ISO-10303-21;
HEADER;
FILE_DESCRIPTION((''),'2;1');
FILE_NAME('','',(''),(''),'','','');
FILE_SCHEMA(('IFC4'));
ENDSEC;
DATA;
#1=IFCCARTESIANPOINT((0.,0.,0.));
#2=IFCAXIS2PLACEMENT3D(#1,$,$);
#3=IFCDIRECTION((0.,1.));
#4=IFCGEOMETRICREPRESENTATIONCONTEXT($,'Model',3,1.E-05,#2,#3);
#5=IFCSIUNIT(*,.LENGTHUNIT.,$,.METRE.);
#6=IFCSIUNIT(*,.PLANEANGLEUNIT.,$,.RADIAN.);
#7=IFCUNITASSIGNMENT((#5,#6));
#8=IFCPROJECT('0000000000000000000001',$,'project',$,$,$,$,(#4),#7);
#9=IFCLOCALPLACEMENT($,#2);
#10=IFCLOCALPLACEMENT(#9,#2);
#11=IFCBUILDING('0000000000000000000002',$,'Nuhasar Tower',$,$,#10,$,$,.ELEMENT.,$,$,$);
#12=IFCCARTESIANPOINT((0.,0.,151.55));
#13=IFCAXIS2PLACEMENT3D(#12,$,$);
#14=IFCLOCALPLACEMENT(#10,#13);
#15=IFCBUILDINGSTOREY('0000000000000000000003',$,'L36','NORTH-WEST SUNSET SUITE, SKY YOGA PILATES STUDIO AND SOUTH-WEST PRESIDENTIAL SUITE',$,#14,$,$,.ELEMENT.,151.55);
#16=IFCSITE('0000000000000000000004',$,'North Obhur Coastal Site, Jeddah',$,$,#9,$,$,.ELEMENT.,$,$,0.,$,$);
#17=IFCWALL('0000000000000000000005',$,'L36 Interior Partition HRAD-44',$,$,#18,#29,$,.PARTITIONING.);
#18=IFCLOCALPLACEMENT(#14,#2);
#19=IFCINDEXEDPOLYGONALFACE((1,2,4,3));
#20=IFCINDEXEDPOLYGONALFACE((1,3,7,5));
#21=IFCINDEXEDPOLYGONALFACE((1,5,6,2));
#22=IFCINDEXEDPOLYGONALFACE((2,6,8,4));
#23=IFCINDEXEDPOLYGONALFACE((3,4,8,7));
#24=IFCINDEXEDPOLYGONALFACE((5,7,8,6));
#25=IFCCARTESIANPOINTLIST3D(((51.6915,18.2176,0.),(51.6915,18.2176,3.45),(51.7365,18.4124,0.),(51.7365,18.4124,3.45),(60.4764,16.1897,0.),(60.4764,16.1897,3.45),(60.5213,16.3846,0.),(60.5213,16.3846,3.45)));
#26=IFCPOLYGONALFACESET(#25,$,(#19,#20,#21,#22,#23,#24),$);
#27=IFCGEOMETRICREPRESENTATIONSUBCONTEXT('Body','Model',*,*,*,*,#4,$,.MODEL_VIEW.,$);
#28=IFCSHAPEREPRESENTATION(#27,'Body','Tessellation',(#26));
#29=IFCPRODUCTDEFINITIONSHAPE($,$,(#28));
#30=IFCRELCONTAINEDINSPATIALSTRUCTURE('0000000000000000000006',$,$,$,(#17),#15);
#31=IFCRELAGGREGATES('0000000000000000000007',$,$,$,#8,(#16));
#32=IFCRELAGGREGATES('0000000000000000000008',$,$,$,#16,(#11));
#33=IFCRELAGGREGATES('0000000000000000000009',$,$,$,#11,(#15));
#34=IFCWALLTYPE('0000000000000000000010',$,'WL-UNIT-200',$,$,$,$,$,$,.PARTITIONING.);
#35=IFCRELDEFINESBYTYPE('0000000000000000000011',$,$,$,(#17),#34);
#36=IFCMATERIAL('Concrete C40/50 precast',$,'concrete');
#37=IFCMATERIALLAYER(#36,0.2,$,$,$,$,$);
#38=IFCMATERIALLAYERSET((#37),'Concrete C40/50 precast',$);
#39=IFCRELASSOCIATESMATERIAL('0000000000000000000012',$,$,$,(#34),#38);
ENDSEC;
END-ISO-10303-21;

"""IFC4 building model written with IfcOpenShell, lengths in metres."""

from ifc_helpers import new_model, si_unit, direction, frame, frame_2d, origin, place, context, subcontext, project, spatial, rectangle, extrude, material, layer, layer_set, type_object, element, save


model = new_model("IFC4")

# Units and contexts
model_context = context("Model", 3, precision=1e-05, world=origin(), true_north=direction((0.0, 1.0)))
body_context = subcontext(model_context, "Body", "Model", "MODEL_VIEW")
ifc_project = project(units=[si_unit("LENGTHUNIT", "METRE"), si_unit("PLANEANGLEUNIT", "RADIAN")], contexts=[model_context])

# Site, building, storey
site_placement = place(None, origin())
site = spatial("IfcSite", under=ifc_project, at=site_placement, Name="North Obhur Coastal Site, Jeddah", CompositionType="ELEMENT", RefElevation=0.0)
building_placement = place(site_placement, origin())
building = spatial("IfcBuilding", under=site, at=building_placement, Name="Nuhasar Tower", CompositionType="ELEMENT")
storey_placement = place(building_placement, frame((0.0, 0.0, 151.55)))
storey = spatial("IfcBuildingStorey", under=building, at=storey_placement, Name="L36", Description="NORTH-WEST SUNSET SUITE, SKY YOGA PILATES STUDIO AND SOUTH-WEST PRESIDENTIAL SUITE", CompositionType="ELEMENT", Elevation=151.55)

# Wall
ifc_material_1 = material(Name="Concrete C40/50 precast", Category="concrete")
ifc_layer_1 = layer(ifc_material_1, 0.2)
ifc_layer_set_1 = layer_set([ifc_layer_1], Name="Concrete C40/50 precast")
wall_type_1 = type_object("IfcWallType", Name="WL-UNIT-200", PredefinedType="PARTITIONING", material=ifc_layer_set_1)
wall_1_placement = place(storey_placement, frame((51.7141, 18.3149, 0.0), z_axis=(0.0, 0.0, 1.0), x_axis=(0.974378, -0.224917, 0.0)))
element("IfcWall", 1, at=wall_1_placement, inside=storey, type_object=wall_type_1, Name="L36 Interior Partition HRAD-44", PredefinedType="PARTITIONING", context=body_context, shape_type="SweptSolid", body=[
    extrude(rectangle(XDim=9.0159, YDim=0.2, at=frame_2d((4.5078, 0.0))), origin(), (0.0, 0.0, 1.0), 3.45),
])

save(model, "model.ifc")
